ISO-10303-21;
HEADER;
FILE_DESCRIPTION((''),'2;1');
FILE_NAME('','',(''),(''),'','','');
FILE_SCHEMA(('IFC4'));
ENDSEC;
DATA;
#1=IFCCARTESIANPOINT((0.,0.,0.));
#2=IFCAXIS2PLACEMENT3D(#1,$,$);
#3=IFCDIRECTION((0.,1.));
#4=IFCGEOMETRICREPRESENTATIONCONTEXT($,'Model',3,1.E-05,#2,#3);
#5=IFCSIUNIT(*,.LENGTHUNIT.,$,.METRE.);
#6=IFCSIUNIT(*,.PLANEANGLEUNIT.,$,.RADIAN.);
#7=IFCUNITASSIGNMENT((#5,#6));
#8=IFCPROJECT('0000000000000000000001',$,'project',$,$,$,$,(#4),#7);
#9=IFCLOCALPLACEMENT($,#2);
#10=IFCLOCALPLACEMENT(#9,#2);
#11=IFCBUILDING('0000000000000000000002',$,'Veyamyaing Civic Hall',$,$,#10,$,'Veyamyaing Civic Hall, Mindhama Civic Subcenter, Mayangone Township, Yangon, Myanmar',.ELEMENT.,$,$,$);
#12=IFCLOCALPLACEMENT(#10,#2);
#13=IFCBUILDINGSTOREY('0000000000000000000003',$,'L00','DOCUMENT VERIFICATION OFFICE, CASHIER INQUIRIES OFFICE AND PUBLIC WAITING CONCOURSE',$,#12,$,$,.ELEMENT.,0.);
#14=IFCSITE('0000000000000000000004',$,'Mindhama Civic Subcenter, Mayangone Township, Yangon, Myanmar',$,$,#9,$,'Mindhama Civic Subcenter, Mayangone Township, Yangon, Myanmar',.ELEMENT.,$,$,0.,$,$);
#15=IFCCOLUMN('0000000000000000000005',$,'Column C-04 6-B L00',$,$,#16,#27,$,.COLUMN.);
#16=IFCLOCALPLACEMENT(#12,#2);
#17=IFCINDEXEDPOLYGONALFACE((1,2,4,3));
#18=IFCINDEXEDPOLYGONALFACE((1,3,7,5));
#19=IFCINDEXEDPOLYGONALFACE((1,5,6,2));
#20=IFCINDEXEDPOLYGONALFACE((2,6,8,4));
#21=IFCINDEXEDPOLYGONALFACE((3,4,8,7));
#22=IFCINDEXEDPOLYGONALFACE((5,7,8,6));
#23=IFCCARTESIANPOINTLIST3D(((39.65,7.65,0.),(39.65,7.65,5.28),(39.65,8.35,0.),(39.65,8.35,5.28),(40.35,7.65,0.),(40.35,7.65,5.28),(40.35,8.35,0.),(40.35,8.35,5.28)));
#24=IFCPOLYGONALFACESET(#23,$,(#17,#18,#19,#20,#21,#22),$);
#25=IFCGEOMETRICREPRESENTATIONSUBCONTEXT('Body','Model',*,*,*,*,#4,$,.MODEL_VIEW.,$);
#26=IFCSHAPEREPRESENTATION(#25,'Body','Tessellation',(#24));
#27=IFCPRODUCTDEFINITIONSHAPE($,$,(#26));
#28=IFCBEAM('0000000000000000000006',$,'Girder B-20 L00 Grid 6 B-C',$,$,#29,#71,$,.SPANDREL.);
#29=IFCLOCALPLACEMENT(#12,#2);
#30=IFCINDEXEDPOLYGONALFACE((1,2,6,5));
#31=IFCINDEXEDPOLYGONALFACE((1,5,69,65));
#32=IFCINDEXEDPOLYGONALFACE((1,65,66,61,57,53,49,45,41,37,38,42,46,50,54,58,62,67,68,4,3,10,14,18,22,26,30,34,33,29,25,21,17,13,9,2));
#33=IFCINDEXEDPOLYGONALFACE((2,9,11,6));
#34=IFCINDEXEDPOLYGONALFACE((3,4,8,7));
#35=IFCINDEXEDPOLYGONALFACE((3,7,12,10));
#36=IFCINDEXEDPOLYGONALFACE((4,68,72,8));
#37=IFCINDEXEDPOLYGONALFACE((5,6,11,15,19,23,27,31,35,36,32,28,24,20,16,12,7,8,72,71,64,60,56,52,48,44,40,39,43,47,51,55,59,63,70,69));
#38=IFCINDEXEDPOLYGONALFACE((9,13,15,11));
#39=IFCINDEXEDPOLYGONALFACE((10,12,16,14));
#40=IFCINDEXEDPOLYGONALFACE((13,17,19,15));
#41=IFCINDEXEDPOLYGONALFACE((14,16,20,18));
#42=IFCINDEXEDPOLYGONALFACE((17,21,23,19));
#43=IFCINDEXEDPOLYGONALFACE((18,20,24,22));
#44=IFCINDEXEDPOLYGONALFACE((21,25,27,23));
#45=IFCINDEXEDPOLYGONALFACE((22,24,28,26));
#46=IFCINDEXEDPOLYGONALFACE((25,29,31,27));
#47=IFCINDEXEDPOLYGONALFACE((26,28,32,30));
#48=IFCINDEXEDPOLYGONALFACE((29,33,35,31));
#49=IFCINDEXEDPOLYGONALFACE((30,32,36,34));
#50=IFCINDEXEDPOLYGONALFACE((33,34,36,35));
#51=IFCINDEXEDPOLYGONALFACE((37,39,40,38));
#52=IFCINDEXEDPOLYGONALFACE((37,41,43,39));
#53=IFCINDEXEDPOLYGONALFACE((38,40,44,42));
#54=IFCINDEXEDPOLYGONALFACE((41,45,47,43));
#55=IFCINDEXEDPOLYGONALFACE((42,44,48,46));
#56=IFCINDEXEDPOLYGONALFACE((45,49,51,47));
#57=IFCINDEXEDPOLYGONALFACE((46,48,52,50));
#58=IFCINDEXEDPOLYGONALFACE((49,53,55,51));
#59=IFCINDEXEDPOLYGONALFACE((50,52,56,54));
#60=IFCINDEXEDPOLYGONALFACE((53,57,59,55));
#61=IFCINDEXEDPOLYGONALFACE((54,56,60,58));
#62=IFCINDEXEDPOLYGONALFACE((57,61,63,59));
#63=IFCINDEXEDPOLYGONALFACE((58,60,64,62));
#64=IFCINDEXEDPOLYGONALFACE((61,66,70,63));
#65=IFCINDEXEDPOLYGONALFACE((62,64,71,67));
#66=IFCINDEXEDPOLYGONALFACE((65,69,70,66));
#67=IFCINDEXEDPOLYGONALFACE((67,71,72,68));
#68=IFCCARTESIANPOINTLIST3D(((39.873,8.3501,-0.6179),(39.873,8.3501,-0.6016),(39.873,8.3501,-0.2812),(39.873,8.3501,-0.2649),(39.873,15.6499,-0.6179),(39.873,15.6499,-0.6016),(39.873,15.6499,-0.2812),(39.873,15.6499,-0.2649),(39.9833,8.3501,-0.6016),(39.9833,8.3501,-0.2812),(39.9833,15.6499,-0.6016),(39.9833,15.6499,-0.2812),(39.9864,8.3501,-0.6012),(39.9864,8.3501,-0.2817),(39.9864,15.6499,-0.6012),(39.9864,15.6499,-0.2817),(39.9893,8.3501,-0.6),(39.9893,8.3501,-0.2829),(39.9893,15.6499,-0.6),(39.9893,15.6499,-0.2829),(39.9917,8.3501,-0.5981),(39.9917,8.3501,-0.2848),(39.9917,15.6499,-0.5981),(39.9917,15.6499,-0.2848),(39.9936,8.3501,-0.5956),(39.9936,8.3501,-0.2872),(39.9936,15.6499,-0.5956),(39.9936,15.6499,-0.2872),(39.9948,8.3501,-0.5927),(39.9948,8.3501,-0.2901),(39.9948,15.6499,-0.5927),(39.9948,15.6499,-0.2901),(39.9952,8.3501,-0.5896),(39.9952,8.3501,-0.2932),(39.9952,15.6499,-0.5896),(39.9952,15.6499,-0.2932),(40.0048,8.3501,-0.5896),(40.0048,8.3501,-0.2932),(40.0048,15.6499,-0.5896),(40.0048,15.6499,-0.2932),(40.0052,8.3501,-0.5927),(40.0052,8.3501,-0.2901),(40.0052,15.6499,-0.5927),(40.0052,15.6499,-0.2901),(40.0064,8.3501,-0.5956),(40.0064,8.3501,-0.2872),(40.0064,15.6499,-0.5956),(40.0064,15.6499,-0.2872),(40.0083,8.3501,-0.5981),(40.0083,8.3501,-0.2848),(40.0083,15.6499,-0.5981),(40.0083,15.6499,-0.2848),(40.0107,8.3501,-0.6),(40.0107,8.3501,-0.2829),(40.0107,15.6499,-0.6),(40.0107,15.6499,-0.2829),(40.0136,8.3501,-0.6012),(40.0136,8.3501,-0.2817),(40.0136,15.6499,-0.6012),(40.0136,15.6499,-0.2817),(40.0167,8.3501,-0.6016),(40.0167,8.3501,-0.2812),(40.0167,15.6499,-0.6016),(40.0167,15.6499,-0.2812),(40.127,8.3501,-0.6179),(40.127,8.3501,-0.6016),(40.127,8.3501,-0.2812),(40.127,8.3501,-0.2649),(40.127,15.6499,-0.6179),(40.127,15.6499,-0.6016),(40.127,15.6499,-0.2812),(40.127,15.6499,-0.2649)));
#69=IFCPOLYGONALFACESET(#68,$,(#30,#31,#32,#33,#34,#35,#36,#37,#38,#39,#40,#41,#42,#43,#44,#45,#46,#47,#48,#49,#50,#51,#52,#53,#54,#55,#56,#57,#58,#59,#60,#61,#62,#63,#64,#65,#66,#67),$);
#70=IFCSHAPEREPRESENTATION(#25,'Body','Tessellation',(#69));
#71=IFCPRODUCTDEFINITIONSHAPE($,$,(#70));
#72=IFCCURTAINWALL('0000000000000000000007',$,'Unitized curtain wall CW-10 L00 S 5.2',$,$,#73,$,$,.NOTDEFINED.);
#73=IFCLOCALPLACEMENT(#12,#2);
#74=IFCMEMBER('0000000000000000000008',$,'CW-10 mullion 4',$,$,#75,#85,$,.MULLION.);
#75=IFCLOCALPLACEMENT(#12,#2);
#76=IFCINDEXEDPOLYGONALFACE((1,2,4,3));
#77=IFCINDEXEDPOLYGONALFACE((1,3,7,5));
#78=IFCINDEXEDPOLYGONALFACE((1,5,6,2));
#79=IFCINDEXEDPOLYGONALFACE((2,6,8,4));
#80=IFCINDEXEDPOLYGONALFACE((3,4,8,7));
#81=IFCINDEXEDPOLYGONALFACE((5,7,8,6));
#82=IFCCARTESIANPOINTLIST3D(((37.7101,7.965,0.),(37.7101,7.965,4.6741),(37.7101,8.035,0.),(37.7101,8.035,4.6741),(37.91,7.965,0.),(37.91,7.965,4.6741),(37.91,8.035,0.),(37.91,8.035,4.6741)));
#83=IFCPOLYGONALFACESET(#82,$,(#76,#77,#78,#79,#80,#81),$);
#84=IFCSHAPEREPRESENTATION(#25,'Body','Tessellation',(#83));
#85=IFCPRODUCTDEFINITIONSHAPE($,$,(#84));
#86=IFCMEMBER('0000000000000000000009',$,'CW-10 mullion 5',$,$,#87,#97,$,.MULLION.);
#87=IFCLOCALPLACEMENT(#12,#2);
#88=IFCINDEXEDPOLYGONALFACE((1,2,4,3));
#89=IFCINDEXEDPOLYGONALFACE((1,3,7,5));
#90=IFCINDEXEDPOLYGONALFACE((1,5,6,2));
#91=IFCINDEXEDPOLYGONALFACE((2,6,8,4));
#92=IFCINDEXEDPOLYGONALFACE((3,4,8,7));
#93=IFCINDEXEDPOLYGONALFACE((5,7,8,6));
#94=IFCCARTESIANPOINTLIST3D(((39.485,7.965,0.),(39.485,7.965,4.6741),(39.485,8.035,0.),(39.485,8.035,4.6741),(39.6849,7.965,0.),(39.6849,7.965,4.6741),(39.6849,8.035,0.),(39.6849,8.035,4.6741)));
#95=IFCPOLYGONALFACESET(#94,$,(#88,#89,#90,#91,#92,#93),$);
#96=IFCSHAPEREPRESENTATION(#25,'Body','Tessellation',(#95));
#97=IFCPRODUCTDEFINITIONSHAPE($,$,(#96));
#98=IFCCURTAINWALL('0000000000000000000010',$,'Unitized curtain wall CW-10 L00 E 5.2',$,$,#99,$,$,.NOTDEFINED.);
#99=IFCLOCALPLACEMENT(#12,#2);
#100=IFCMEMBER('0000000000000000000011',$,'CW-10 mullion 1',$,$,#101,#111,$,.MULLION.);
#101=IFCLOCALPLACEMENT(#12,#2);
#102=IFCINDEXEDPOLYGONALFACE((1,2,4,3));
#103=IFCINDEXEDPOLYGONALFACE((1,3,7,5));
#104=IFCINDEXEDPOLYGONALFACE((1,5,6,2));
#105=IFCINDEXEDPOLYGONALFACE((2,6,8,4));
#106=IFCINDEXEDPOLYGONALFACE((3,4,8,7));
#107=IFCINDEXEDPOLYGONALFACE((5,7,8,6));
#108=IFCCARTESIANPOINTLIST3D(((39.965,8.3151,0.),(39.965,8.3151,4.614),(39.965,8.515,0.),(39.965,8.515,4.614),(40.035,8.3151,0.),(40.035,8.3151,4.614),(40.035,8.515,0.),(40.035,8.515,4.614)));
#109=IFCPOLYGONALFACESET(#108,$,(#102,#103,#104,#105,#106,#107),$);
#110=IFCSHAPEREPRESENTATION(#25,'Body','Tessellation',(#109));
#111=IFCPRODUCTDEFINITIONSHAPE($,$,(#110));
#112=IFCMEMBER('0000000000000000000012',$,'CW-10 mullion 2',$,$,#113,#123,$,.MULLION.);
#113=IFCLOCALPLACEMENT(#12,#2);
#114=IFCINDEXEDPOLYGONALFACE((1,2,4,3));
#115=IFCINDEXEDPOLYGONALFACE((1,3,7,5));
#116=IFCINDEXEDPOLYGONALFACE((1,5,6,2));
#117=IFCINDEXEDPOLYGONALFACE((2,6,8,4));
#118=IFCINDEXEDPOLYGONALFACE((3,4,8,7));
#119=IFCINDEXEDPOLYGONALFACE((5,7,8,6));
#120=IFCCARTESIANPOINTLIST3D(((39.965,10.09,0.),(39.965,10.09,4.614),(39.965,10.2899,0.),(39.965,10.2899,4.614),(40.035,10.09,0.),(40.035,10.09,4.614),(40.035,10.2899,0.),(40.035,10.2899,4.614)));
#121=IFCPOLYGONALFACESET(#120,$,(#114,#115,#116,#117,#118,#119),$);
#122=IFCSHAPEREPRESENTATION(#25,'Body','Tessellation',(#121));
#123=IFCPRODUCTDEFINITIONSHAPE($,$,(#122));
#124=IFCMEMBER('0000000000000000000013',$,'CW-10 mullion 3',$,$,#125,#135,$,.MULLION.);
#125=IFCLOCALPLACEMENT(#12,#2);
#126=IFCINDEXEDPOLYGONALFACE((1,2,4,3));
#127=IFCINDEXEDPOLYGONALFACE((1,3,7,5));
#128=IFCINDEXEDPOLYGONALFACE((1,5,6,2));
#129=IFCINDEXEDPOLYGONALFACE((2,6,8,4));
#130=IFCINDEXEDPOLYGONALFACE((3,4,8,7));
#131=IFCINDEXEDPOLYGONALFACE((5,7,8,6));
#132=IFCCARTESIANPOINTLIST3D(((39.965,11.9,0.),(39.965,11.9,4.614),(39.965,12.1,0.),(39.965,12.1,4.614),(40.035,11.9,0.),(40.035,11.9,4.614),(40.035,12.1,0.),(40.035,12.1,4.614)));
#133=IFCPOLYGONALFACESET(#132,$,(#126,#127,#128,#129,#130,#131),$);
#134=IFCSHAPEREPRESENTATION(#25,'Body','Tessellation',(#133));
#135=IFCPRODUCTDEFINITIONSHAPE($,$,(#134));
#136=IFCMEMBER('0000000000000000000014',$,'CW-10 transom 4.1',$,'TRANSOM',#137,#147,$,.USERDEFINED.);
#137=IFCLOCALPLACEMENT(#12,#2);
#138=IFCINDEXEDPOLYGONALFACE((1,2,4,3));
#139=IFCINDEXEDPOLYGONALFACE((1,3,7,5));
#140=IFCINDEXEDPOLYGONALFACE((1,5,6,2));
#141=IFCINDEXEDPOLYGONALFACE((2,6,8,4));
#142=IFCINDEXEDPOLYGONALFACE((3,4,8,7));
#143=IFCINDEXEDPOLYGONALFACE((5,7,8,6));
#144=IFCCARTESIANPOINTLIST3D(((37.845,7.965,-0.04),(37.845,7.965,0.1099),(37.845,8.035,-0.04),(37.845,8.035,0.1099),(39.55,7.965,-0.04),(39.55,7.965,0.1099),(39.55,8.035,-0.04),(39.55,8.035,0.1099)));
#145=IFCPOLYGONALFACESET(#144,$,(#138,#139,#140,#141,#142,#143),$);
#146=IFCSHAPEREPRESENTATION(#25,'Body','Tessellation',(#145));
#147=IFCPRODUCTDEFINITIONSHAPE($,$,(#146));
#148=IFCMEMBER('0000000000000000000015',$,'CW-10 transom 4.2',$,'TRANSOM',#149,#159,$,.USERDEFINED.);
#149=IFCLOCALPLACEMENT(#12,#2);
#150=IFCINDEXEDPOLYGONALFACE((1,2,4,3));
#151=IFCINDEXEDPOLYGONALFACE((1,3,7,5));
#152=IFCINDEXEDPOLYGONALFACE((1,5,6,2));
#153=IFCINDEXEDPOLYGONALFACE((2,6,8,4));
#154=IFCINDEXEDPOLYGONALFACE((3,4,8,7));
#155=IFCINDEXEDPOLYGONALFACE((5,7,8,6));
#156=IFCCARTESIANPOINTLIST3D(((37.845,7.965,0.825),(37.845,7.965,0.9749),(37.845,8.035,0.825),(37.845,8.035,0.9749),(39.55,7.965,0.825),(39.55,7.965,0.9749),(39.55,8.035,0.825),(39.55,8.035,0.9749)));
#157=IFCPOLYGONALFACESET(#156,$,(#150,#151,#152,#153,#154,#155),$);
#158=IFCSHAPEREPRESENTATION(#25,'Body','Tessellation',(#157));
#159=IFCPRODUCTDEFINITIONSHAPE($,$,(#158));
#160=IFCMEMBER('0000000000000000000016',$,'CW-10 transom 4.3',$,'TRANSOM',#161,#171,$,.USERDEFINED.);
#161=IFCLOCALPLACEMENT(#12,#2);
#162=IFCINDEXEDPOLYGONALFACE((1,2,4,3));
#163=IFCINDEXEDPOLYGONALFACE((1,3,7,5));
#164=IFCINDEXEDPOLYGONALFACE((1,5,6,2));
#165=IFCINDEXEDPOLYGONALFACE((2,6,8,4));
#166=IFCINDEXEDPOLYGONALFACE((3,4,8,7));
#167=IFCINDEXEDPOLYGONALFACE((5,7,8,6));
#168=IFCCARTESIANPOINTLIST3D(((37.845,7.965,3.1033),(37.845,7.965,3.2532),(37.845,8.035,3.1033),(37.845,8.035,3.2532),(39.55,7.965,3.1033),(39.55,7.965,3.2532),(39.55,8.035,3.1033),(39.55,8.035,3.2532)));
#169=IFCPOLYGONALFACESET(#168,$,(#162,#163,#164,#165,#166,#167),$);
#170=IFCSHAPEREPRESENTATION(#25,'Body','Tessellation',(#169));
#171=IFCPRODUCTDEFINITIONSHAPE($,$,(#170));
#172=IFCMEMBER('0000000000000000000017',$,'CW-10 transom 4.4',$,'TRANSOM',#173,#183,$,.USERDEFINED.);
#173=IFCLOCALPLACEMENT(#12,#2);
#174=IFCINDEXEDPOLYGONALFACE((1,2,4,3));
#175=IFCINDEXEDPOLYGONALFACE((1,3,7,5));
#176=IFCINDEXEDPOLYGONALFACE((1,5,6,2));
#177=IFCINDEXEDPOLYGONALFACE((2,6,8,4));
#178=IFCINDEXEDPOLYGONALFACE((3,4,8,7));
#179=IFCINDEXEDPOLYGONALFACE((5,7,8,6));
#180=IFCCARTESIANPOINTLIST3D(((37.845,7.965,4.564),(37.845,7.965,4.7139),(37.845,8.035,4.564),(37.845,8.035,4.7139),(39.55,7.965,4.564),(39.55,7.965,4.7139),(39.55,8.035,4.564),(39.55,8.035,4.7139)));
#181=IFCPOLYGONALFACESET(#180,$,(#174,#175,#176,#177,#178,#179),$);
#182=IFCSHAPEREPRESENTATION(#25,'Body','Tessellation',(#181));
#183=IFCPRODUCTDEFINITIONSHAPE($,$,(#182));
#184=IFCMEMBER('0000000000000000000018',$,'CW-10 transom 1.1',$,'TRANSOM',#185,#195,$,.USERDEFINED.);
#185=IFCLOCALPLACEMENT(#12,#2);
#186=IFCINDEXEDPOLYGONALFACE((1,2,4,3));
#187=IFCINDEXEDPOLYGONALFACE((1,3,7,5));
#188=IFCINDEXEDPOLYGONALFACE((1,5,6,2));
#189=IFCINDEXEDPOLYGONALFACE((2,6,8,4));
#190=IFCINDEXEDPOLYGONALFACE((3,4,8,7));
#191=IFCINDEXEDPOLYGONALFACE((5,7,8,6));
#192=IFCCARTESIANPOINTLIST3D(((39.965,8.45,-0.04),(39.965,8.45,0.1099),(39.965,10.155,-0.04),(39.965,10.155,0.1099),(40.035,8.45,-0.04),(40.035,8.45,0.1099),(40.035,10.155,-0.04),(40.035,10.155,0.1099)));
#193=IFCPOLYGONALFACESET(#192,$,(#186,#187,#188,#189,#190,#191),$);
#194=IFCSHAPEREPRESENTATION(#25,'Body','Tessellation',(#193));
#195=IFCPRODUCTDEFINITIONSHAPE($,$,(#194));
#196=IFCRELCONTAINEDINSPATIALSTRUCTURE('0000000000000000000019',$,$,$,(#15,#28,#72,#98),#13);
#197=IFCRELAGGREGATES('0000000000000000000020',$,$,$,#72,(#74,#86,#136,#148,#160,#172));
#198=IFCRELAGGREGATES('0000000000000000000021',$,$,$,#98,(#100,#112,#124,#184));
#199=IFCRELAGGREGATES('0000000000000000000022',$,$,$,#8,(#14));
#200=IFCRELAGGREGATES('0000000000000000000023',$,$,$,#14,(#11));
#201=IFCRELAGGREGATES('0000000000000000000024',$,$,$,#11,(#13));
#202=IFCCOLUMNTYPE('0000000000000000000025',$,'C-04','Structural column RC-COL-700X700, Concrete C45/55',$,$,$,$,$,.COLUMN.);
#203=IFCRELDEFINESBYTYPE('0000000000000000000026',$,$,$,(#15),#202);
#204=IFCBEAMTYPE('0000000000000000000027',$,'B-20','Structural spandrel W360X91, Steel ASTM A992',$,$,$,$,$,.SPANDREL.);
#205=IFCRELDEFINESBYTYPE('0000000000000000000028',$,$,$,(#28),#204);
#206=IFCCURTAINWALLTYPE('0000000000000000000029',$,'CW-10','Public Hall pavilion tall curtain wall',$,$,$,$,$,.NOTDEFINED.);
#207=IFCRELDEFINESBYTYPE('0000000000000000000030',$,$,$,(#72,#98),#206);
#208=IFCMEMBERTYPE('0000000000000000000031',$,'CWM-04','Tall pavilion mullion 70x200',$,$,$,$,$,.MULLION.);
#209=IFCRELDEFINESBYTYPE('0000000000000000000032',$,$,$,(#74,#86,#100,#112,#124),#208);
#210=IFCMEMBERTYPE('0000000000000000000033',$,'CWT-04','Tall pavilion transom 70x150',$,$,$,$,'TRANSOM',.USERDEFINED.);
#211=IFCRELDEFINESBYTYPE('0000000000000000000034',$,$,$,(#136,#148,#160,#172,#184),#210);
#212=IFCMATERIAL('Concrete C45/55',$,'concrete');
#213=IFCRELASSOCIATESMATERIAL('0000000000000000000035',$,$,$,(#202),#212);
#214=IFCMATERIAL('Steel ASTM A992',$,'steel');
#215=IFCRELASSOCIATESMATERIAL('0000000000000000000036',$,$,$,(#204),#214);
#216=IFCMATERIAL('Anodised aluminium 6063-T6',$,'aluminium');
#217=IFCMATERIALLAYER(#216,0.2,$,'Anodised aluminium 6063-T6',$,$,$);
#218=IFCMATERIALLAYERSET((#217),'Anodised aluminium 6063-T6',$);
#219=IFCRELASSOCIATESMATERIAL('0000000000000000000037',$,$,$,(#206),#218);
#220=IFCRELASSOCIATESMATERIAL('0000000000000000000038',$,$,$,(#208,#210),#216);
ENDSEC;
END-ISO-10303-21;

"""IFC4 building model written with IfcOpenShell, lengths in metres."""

from ifc_helpers import new_model, si_unit, direction, frame, origin, origin_2d, place, context, subcontext, project, spatial, rectangle, i_section, extrude, material, layer, layer_set, material_profile, profile_set, type_object, element, aggregate, save


model = new_model("IFC4")

# Units and contexts
model_context = context("Model", 3, precision=1e-05, world=origin(), true_north=direction((0.0, 1.0)))
body_context = subcontext(model_context, "Body", "Model", "MODEL_VIEW")
ifc_project = project(units=[si_unit("LENGTHUNIT", "METRE"), si_unit("PLANEANGLEUNIT", "RADIAN")], contexts=[model_context])

# Site, building, storey
site_placement = place(None, origin())
site = spatial("IfcSite", under=ifc_project, at=site_placement, Name="Mindhama Civic Subcenter, Mayangone Township, Yangon, Myanmar", LongName="Mindhama Civic Subcenter, Mayangone Township, Yangon, Myanmar", CompositionType="ELEMENT", RefElevation=0.0)
building_placement = place(site_placement, origin())
building = spatial("IfcBuilding", under=site, at=building_placement, Name="Veyamyaing Civic Hall", LongName="Veyamyaing Civic Hall, Mindhama Civic Subcenter, Mayangone Township, Yangon, Myanmar", CompositionType="ELEMENT")
storey_placement = place(building_placement, origin())
storey = spatial("IfcBuildingStorey", under=building, at=storey_placement, Name="L00", Description="DOCUMENT VERIFICATION OFFICE, CASHIER INQUIRIES OFFICE AND PUBLIC WAITING CONCOURSE", CompositionType="ELEMENT", Elevation=0.0)

# Column
ifc_material_1 = material(Name="Concrete C45/55", Category="concrete")
ifc_material_profile_1 = material_profile(ifc_material_1, rectangle(XDim=0.7, YDim=0.7, at=origin_2d()), Name="RC-COL-700X700")
ifc_profile_set_1 = profile_set([ifc_material_profile_1], Name="Concrete C45/55")
column_type = type_object("IfcColumnType", Name="C-04", Description="Structural column RC-COL-700X700, Concrete C45/55", PredefinedType="COLUMN", material=ifc_profile_set_1)
column_placement = place(storey_placement, frame((40.0, 8.0, 0.0), z_axis=(0.0, 0.0, 1.0), x_axis=(1.0, 0.0, 0.0)))
element("IfcColumn", 1, at=column_placement, inside=storey, type_object=column_type, Name="Column C-04 6-B L00", PredefinedType="COLUMN", context=body_context, shape_type="SweptSolid", body=[
    extrude(rectangle(XDim=0.7, YDim=0.7, at=origin_2d()), origin(), (0.0, 0.0, 1.0), 5.28),
])

# Beam
ifc_material_2 = material(Name="Steel ASTM A992", Category="steel")
ifc_material_profile_2 = material_profile(ifc_material_2, i_section(OverallWidth=0.2539, OverallDepth=0.353, WebThickness=0.0095, FlangeThickness=0.0164, FilletRadius=0.012, at=origin_2d()), Name="W360X91")
ifc_profile_set_2 = profile_set([ifc_material_profile_2], Name="Steel ASTM A992")
beam_type = type_object("IfcBeamType", Name="B-20", Description="Structural spandrel W360X91, Steel ASTM A992", PredefinedType="SPANDREL", material=ifc_profile_set_2)
beam_placement = place(storey_placement, frame((40.0, 8.3501, -0.4414), z_axis=(0.0, 1.0, 0.0), x_axis=(-1.0, 0.0, 0.0)))
element("IfcBeam", 2, at=beam_placement, inside=storey, type_object=beam_type, Name="Girder B-20 L00 Grid 6 B-C", PredefinedType="SPANDREL", context=body_context, shape_type="SweptSolid", body=[
    extrude(i_section(OverallWidth=0.2539, OverallDepth=0.353, WebThickness=0.0095, FlangeThickness=0.0164, FilletRadius=0.012, at=origin_2d()), origin(), (0.0, 0.0, 1.0), 7.2998),
])

# Curtain walls, members
ifc_material_3 = material(Name="Anodised aluminium 6063-T6", Category="aluminium")
ifc_layer_1 = layer(ifc_material_3, 0.2, Name="Anodised aluminium 6063-T6")
ifc_layer_set_1 = layer_set([ifc_layer_1], Name="Anodised aluminium 6063-T6")
curtain_wall_type = type_object("IfcCurtainWallType", Name="CW-10", Description="Public Hall pavilion tall curtain wall", PredefinedType="NOTDEFINED", material=ifc_layer_set_1)
curtain_wall_1_placement = place(storey_placement, origin())
curtain_wall_1 = element("IfcCurtainWall", 3, at=curtain_wall_1_placement, inside=storey, type_object=curtain_wall_type, Name="Unitized curtain wall CW-10 L00 S 5.2", PredefinedType="NOTDEFINED")
ifc_material_profile_3 = material_profile(ifc_material_3, rectangle(XDim=0.0701, YDim=0.2, at=origin_2d()), Name="ALU-MUL-70X200")
ifc_profile_set_3 = profile_set([ifc_material_profile_3], Name="Anodised aluminium 6063-T6")
member_type_1 = type_object("IfcMemberType", Name="CWM-04", Description="Tall pavilion mullion 70x200", PredefinedType="MULLION", material=ifc_profile_set_3)
member_1_placement = place(storey_placement, frame((37.8101, 8.0, 0.0), z_axis=(0.0, 0.0, 1.0), x_axis=(0.0, 1.0, 0.0)))
member_1 = element("IfcMember", 4, at=member_1_placement, type_object=member_type_1, Name="CW-10 mullion 4", PredefinedType="MULLION", context=body_context, shape_type="SweptSolid", body=[
    extrude(rectangle(XDim=0.0701, YDim=0.2, at=origin_2d()), origin(), (0.0, 0.0, 1.0), 4.6741),
])
member_2_placement = place(storey_placement, frame((39.585, 8.0, 0.0), z_axis=(0.0, 0.0, 1.0), x_axis=(0.0, 1.0, 0.0)))
member_2 = element("IfcMember", 5, at=member_2_placement, type_object=member_type_1, Name="CW-10 mullion 5", PredefinedType="MULLION", context=body_context, shape_type="SweptSolid", body=[
    extrude(rectangle(XDim=0.0701, YDim=0.2, at=origin_2d()), origin(), (0.0, 0.0, 1.0), 4.6741),
])
curtain_wall_2_placement = place(storey_placement, origin())
curtain_wall_2 = element("IfcCurtainWall", 6, at=curtain_wall_2_placement, inside=storey, type_object=curtain_wall_type, Name="Unitized curtain wall CW-10 L00 E 5.2", PredefinedType="NOTDEFINED")
member_3_placement = place(storey_placement, frame((40.0, 8.415, 0.0), z_axis=(0.0, 0.0, 1.0), x_axis=(-1.0, 0.0, 0.0)))
member_3 = element("IfcMember", 7, at=member_3_placement, type_object=member_type_1, Name="CW-10 mullion 1", PredefinedType="MULLION", context=body_context, shape_type="SweptSolid", body=[
    extrude(rectangle(XDim=0.0701, YDim=0.2, at=origin_2d()), origin(), (0.0, 0.0, 1.0), 4.614),
])
member_4_placement = place(storey_placement, frame((40.0, 10.1899, 0.0), z_axis=(0.0, 0.0, 1.0), x_axis=(-1.0, 0.0, 0.0)))
member_4 = element("IfcMember", 8, at=member_4_placement, type_object=member_type_1, Name="CW-10 mullion 2", PredefinedType="MULLION", context=body_context, shape_type="SweptSolid", body=[
    extrude(rectangle(XDim=0.0701, YDim=0.2, at=origin_2d()), origin(), (0.0, 0.0, 1.0), 4.614),
])
member_5_placement = place(storey_placement, frame((40.0, 12.0, 0.0), z_axis=(0.0, 0.0, 1.0), x_axis=(-1.0, 0.0, 0.0)))
member_5 = element("IfcMember", 9, at=member_5_placement, type_object=member_type_1, Name="CW-10 mullion 3", PredefinedType="MULLION", context=body_context, shape_type="SweptSolid", body=[
    extrude(rectangle(XDim=0.0701, YDim=0.2, at=origin_2d()), origin(), (0.0, 0.0, 1.0), 4.614),
])

# Members
ifc_material_profile_4 = material_profile(ifc_material_3, rectangle(XDim=0.0701, YDim=0.1499, at=origin_2d()), Name="ALU-TRN-70X150")
ifc_profile_set_4 = profile_set([ifc_material_profile_4], Name="Anodised aluminium 6063-T6")
member_type_2 = type_object("IfcMemberType", Name="CWT-04", Description="Tall pavilion transom 70x150", ElementType="TRANSOM", PredefinedType="USERDEFINED", material=ifc_profile_set_4)
member_6_placement = place(storey_placement, frame((37.845, 8.0, 0.0349), z_axis=(1.0, 0.0, 0.0), x_axis=(0.0, 1.0, 0.0)))
member_6 = element("IfcMember", 10, at=member_6_placement, type_object=member_type_2, Name="CW-10 transom 4.1", ObjectType="TRANSOM", PredefinedType="USERDEFINED", context=body_context, shape_type="SweptSolid", body=[
    extrude(rectangle(XDim=0.0701, YDim=0.1499, at=origin_2d()), origin(), (0.0, 0.0, 1.0), 1.7051),
])
member_7_placement = place(storey_placement, frame((37.845, 8.0, 0.8999), z_axis=(1.0, 0.0, 0.0), x_axis=(0.0, 1.0, 0.0)))
member_7 = element("IfcMember", 11, at=member_7_placement, type_object=member_type_2, Name="CW-10 transom 4.2", ObjectType="TRANSOM", PredefinedType="USERDEFINED", context=body_context, shape_type="SweptSolid", body=[
    extrude(rectangle(XDim=0.0701, YDim=0.1499, at=origin_2d()), origin(), (0.0, 0.0, 1.0), 1.7051),
])
member_8_placement = place(storey_placement, frame((37.845, 8.0, 3.1782), z_axis=(1.0, 0.0, 0.0), x_axis=(0.0, 1.0, 0.0)))
member_8 = element("IfcMember", 12, at=member_8_placement, type_object=member_type_2, Name="CW-10 transom 4.3", ObjectType="TRANSOM", PredefinedType="USERDEFINED", context=body_context, shape_type="SweptSolid", body=[
    extrude(rectangle(XDim=0.0701, YDim=0.1499, at=origin_2d()), origin(), (0.0, 0.0, 1.0), 1.7051),
])
member_9_placement = place(storey_placement, frame((37.845, 8.0, 4.6389), z_axis=(1.0, 0.0, 0.0), x_axis=(0.0, 1.0, 0.0)))
member_9 = element("IfcMember", 13, at=member_9_placement, type_object=member_type_2, Name="CW-10 transom 4.4", ObjectType="TRANSOM", PredefinedType="USERDEFINED", context=body_context, shape_type="SweptSolid", body=[
    extrude(rectangle(XDim=0.0701, YDim=0.1499, at=origin_2d()), origin(), (0.0, 0.0, 1.0), 1.7051),
])
member_10_placement = place(storey_placement, frame((40.0, 8.45, 0.0349), z_axis=(0.0, 1.0, 0.0), x_axis=(-1.0, 0.0, 0.0)))
member_10 = element("IfcMember", 14, at=member_10_placement, type_object=member_type_2, Name="CW-10 transom 1.1", ObjectType="TRANSOM", PredefinedType="USERDEFINED", context=body_context, shape_type="SweptSolid", body=[
    extrude(rectangle(XDim=0.0701, YDim=0.1499, at=origin_2d()), origin(), (0.0, 0.0, 1.0), 1.7051),
])

aggregate(curtain_wall_1, [member_1, member_2, member_6, member_7, member_8, member_9])
aggregate(curtain_wall_2, [member_3, member_4, member_5, member_10])

save(model, "model.ifc")
